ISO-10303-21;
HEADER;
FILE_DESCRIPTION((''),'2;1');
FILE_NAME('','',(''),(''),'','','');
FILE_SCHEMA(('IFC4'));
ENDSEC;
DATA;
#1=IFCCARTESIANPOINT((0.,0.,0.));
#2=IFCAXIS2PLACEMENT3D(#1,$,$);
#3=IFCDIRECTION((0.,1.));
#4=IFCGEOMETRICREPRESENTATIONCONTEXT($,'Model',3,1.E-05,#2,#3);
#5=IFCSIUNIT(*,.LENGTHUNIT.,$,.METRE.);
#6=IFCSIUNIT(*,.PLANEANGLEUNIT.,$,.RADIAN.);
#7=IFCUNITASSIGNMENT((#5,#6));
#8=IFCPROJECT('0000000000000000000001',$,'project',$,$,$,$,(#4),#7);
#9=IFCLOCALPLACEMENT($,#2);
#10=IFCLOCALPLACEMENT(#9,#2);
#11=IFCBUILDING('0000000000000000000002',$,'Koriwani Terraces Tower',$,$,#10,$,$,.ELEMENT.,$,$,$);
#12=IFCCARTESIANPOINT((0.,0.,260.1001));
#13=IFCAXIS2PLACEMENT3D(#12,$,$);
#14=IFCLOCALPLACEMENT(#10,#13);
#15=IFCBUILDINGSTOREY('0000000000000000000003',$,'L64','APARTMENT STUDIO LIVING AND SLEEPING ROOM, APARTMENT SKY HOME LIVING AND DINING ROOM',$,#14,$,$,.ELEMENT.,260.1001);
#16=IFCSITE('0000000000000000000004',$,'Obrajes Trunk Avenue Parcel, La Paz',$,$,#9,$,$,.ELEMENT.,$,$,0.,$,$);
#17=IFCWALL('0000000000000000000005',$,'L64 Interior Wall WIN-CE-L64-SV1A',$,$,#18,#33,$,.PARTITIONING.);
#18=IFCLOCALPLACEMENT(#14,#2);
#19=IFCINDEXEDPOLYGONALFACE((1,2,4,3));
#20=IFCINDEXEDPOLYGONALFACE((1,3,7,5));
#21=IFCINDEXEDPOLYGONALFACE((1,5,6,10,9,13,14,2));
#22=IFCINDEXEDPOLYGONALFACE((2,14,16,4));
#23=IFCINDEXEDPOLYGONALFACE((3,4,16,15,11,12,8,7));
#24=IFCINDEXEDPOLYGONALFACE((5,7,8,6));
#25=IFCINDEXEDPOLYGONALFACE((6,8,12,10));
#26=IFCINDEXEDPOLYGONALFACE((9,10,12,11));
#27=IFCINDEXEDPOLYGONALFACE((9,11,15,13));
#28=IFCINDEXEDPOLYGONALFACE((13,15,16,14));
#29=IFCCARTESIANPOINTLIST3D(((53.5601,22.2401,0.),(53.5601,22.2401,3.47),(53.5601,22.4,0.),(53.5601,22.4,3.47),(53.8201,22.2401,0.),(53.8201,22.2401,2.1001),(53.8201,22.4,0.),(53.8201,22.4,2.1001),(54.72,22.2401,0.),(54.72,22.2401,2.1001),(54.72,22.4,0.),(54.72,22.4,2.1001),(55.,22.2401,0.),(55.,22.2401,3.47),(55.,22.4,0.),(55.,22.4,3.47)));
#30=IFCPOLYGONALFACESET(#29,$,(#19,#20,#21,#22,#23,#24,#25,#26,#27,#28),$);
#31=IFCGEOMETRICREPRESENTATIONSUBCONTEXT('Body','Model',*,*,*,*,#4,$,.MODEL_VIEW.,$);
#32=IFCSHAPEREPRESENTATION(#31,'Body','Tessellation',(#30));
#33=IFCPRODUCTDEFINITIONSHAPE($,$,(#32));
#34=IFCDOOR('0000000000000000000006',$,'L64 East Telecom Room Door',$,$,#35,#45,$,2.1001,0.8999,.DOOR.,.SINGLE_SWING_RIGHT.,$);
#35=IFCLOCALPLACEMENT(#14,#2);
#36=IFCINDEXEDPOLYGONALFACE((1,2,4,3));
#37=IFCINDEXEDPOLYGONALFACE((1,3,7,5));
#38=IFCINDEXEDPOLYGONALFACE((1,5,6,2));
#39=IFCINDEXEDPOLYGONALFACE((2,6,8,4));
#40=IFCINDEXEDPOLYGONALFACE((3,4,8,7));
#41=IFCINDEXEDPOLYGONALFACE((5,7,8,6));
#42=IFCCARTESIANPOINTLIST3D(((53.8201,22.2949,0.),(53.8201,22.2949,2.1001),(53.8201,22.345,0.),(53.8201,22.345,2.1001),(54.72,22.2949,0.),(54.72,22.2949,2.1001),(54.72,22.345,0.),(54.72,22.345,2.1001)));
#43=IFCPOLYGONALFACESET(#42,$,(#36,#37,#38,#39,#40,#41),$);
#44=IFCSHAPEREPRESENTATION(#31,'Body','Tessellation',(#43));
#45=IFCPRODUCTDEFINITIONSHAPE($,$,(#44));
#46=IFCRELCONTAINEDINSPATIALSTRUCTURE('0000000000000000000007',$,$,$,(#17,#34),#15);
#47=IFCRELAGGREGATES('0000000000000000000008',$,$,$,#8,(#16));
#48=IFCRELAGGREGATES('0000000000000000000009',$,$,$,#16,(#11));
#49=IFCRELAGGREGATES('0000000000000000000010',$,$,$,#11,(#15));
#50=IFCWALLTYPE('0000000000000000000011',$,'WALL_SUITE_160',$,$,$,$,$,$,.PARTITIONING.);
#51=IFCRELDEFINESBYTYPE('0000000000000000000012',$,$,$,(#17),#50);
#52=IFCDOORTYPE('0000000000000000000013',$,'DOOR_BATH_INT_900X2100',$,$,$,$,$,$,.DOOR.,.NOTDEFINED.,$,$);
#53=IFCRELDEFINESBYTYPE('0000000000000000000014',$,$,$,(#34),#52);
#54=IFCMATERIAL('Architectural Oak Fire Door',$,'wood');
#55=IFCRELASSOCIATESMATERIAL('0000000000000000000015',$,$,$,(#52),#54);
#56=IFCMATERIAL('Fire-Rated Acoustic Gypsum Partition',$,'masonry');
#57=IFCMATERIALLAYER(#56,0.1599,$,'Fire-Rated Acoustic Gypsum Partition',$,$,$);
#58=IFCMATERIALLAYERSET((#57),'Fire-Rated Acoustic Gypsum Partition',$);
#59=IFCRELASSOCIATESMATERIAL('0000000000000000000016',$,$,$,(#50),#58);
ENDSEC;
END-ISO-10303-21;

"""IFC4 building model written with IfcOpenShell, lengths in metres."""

from ifc_helpers import new_model, si_unit, direction, frame, frame_2d, origin, place, context, subcontext, project, spatial, rectangle, extrude, material, layer, layer_set, type_object, element, fill, save


model = new_model("IFC4")

# Units and contexts
model_context = context("Model", 3, precision=1e-05, world=origin(), true_north=direction((0.0, 1.0)))
body_context = subcontext(model_context, "Body", "Model", "MODEL_VIEW")
ifc_project = project(units=[si_unit("LENGTHUNIT", "METRE"), si_unit("PLANEANGLEUNIT", "RADIAN")], contexts=[model_context])

# Site, building, storey
site_placement = place(None, origin())
site = spatial("IfcSite", under=ifc_project, at=site_placement, Name="Obrajes Trunk Avenue Parcel, La Paz", CompositionType="ELEMENT", RefElevation=0.0)
building_placement = place(site_placement, origin())
building = spatial("IfcBuilding", under=site, at=building_placement, Name="Koriwani Terraces Tower", CompositionType="ELEMENT")
storey_placement = place(building_placement, frame((0.0, 0.0, 260.1001)))
storey = spatial("IfcBuildingStorey", under=building, at=storey_placement, Name="L64", Description="APARTMENT STUDIO LIVING AND SLEEPING ROOM, APARTMENT SKY HOME LIVING AND DINING ROOM", CompositionType="ELEMENT", Elevation=260.1001)

# Shared definitions
ifc_material_1 = material(Name="Fire-Rated Acoustic Gypsum Partition", Category="masonry")
ifc_material_2 = material(Name="Architectural Oak Fire Door", Category="wood")
door_type_1 = type_object("IfcDoorType", Name="DOOR_BATH_INT_900X2100", OperationType="NOTDEFINED", PredefinedType="DOOR", material=ifc_material_2)

# Wall, opening, door
ifc_layer_1 = layer(ifc_material_1, 0.1599, Name="Fire-Rated Acoustic Gypsum Partition")
ifc_layer_set_1 = layer_set([ifc_layer_1], Name="Fire-Rated Acoustic Gypsum Partition")
wall_type_1 = type_object("IfcWallType", Name="WALL_SUITE_160", PredefinedType="PARTITIONING", material=ifc_layer_set_1)
wall_1_placement = place(storey_placement, frame((53.5601, 22.3201, 0.0), z_axis=(0.0, 0.0, 1.0), x_axis=(1.0, 0.0, 0.0)))
wall_1 = element("IfcWall", 1, at=wall_1_placement, inside=storey, type_object=wall_type_1, Name="L64 Interior Wall WIN-CE-L64-SV1A", PredefinedType="PARTITIONING", context=body_context, shape_type="SweptSolid", body=[
    extrude(rectangle(XDim=1.4399, YDim=0.1599, at=frame_2d((0.72, 0.0))), origin(), (0.0, 0.0, 1.0), 3.47),
])
opening_1_placement = place(wall_1_placement, frame((0.26, 0.0, 0.0)))
opening_1 = element("IfcOpeningElement", 2, at=opening_1_placement, cuts=wall_1, PredefinedType="OPENING", context=body_context, shape_type="SweptSolid", body=[
    extrude(rectangle(XDim=0.8999, YDim=2.1001, at=frame_2d((0.45, 1.05))), frame((0.0, 0.0898, 0.0), z_axis=(0.0, -1.0, 0.0), x_axis=(1.0, 0.0, 0.0)), (0.0, 0.0, 1.0), 0.1799),
])
door_1_placement = place(opening_1_placement, origin())
door_1 = element("IfcDoor", 3, at=door_1_placement, inside=storey, type_object=door_type_1, Name="L64 East Telecom Room Door", OperationType="SINGLE_SWING_RIGHT", OverallHeight=2.1001, OverallWidth=0.8999, PredefinedType="DOOR", context=body_context, shape_type="SweptSolid", body=[
    extrude(rectangle(XDim=0.8999, YDim=2.1001, at=frame_2d((0.45, 1.05))), frame((0.0, 0.0249, 0.0), z_axis=(0.0, -1.0, 0.0), x_axis=(1.0, 0.0, 0.0)), (0.0, 0.0, 1.0), 0.05),
])
fill(opening_1, door_1)

save(model, "model.ifc")
